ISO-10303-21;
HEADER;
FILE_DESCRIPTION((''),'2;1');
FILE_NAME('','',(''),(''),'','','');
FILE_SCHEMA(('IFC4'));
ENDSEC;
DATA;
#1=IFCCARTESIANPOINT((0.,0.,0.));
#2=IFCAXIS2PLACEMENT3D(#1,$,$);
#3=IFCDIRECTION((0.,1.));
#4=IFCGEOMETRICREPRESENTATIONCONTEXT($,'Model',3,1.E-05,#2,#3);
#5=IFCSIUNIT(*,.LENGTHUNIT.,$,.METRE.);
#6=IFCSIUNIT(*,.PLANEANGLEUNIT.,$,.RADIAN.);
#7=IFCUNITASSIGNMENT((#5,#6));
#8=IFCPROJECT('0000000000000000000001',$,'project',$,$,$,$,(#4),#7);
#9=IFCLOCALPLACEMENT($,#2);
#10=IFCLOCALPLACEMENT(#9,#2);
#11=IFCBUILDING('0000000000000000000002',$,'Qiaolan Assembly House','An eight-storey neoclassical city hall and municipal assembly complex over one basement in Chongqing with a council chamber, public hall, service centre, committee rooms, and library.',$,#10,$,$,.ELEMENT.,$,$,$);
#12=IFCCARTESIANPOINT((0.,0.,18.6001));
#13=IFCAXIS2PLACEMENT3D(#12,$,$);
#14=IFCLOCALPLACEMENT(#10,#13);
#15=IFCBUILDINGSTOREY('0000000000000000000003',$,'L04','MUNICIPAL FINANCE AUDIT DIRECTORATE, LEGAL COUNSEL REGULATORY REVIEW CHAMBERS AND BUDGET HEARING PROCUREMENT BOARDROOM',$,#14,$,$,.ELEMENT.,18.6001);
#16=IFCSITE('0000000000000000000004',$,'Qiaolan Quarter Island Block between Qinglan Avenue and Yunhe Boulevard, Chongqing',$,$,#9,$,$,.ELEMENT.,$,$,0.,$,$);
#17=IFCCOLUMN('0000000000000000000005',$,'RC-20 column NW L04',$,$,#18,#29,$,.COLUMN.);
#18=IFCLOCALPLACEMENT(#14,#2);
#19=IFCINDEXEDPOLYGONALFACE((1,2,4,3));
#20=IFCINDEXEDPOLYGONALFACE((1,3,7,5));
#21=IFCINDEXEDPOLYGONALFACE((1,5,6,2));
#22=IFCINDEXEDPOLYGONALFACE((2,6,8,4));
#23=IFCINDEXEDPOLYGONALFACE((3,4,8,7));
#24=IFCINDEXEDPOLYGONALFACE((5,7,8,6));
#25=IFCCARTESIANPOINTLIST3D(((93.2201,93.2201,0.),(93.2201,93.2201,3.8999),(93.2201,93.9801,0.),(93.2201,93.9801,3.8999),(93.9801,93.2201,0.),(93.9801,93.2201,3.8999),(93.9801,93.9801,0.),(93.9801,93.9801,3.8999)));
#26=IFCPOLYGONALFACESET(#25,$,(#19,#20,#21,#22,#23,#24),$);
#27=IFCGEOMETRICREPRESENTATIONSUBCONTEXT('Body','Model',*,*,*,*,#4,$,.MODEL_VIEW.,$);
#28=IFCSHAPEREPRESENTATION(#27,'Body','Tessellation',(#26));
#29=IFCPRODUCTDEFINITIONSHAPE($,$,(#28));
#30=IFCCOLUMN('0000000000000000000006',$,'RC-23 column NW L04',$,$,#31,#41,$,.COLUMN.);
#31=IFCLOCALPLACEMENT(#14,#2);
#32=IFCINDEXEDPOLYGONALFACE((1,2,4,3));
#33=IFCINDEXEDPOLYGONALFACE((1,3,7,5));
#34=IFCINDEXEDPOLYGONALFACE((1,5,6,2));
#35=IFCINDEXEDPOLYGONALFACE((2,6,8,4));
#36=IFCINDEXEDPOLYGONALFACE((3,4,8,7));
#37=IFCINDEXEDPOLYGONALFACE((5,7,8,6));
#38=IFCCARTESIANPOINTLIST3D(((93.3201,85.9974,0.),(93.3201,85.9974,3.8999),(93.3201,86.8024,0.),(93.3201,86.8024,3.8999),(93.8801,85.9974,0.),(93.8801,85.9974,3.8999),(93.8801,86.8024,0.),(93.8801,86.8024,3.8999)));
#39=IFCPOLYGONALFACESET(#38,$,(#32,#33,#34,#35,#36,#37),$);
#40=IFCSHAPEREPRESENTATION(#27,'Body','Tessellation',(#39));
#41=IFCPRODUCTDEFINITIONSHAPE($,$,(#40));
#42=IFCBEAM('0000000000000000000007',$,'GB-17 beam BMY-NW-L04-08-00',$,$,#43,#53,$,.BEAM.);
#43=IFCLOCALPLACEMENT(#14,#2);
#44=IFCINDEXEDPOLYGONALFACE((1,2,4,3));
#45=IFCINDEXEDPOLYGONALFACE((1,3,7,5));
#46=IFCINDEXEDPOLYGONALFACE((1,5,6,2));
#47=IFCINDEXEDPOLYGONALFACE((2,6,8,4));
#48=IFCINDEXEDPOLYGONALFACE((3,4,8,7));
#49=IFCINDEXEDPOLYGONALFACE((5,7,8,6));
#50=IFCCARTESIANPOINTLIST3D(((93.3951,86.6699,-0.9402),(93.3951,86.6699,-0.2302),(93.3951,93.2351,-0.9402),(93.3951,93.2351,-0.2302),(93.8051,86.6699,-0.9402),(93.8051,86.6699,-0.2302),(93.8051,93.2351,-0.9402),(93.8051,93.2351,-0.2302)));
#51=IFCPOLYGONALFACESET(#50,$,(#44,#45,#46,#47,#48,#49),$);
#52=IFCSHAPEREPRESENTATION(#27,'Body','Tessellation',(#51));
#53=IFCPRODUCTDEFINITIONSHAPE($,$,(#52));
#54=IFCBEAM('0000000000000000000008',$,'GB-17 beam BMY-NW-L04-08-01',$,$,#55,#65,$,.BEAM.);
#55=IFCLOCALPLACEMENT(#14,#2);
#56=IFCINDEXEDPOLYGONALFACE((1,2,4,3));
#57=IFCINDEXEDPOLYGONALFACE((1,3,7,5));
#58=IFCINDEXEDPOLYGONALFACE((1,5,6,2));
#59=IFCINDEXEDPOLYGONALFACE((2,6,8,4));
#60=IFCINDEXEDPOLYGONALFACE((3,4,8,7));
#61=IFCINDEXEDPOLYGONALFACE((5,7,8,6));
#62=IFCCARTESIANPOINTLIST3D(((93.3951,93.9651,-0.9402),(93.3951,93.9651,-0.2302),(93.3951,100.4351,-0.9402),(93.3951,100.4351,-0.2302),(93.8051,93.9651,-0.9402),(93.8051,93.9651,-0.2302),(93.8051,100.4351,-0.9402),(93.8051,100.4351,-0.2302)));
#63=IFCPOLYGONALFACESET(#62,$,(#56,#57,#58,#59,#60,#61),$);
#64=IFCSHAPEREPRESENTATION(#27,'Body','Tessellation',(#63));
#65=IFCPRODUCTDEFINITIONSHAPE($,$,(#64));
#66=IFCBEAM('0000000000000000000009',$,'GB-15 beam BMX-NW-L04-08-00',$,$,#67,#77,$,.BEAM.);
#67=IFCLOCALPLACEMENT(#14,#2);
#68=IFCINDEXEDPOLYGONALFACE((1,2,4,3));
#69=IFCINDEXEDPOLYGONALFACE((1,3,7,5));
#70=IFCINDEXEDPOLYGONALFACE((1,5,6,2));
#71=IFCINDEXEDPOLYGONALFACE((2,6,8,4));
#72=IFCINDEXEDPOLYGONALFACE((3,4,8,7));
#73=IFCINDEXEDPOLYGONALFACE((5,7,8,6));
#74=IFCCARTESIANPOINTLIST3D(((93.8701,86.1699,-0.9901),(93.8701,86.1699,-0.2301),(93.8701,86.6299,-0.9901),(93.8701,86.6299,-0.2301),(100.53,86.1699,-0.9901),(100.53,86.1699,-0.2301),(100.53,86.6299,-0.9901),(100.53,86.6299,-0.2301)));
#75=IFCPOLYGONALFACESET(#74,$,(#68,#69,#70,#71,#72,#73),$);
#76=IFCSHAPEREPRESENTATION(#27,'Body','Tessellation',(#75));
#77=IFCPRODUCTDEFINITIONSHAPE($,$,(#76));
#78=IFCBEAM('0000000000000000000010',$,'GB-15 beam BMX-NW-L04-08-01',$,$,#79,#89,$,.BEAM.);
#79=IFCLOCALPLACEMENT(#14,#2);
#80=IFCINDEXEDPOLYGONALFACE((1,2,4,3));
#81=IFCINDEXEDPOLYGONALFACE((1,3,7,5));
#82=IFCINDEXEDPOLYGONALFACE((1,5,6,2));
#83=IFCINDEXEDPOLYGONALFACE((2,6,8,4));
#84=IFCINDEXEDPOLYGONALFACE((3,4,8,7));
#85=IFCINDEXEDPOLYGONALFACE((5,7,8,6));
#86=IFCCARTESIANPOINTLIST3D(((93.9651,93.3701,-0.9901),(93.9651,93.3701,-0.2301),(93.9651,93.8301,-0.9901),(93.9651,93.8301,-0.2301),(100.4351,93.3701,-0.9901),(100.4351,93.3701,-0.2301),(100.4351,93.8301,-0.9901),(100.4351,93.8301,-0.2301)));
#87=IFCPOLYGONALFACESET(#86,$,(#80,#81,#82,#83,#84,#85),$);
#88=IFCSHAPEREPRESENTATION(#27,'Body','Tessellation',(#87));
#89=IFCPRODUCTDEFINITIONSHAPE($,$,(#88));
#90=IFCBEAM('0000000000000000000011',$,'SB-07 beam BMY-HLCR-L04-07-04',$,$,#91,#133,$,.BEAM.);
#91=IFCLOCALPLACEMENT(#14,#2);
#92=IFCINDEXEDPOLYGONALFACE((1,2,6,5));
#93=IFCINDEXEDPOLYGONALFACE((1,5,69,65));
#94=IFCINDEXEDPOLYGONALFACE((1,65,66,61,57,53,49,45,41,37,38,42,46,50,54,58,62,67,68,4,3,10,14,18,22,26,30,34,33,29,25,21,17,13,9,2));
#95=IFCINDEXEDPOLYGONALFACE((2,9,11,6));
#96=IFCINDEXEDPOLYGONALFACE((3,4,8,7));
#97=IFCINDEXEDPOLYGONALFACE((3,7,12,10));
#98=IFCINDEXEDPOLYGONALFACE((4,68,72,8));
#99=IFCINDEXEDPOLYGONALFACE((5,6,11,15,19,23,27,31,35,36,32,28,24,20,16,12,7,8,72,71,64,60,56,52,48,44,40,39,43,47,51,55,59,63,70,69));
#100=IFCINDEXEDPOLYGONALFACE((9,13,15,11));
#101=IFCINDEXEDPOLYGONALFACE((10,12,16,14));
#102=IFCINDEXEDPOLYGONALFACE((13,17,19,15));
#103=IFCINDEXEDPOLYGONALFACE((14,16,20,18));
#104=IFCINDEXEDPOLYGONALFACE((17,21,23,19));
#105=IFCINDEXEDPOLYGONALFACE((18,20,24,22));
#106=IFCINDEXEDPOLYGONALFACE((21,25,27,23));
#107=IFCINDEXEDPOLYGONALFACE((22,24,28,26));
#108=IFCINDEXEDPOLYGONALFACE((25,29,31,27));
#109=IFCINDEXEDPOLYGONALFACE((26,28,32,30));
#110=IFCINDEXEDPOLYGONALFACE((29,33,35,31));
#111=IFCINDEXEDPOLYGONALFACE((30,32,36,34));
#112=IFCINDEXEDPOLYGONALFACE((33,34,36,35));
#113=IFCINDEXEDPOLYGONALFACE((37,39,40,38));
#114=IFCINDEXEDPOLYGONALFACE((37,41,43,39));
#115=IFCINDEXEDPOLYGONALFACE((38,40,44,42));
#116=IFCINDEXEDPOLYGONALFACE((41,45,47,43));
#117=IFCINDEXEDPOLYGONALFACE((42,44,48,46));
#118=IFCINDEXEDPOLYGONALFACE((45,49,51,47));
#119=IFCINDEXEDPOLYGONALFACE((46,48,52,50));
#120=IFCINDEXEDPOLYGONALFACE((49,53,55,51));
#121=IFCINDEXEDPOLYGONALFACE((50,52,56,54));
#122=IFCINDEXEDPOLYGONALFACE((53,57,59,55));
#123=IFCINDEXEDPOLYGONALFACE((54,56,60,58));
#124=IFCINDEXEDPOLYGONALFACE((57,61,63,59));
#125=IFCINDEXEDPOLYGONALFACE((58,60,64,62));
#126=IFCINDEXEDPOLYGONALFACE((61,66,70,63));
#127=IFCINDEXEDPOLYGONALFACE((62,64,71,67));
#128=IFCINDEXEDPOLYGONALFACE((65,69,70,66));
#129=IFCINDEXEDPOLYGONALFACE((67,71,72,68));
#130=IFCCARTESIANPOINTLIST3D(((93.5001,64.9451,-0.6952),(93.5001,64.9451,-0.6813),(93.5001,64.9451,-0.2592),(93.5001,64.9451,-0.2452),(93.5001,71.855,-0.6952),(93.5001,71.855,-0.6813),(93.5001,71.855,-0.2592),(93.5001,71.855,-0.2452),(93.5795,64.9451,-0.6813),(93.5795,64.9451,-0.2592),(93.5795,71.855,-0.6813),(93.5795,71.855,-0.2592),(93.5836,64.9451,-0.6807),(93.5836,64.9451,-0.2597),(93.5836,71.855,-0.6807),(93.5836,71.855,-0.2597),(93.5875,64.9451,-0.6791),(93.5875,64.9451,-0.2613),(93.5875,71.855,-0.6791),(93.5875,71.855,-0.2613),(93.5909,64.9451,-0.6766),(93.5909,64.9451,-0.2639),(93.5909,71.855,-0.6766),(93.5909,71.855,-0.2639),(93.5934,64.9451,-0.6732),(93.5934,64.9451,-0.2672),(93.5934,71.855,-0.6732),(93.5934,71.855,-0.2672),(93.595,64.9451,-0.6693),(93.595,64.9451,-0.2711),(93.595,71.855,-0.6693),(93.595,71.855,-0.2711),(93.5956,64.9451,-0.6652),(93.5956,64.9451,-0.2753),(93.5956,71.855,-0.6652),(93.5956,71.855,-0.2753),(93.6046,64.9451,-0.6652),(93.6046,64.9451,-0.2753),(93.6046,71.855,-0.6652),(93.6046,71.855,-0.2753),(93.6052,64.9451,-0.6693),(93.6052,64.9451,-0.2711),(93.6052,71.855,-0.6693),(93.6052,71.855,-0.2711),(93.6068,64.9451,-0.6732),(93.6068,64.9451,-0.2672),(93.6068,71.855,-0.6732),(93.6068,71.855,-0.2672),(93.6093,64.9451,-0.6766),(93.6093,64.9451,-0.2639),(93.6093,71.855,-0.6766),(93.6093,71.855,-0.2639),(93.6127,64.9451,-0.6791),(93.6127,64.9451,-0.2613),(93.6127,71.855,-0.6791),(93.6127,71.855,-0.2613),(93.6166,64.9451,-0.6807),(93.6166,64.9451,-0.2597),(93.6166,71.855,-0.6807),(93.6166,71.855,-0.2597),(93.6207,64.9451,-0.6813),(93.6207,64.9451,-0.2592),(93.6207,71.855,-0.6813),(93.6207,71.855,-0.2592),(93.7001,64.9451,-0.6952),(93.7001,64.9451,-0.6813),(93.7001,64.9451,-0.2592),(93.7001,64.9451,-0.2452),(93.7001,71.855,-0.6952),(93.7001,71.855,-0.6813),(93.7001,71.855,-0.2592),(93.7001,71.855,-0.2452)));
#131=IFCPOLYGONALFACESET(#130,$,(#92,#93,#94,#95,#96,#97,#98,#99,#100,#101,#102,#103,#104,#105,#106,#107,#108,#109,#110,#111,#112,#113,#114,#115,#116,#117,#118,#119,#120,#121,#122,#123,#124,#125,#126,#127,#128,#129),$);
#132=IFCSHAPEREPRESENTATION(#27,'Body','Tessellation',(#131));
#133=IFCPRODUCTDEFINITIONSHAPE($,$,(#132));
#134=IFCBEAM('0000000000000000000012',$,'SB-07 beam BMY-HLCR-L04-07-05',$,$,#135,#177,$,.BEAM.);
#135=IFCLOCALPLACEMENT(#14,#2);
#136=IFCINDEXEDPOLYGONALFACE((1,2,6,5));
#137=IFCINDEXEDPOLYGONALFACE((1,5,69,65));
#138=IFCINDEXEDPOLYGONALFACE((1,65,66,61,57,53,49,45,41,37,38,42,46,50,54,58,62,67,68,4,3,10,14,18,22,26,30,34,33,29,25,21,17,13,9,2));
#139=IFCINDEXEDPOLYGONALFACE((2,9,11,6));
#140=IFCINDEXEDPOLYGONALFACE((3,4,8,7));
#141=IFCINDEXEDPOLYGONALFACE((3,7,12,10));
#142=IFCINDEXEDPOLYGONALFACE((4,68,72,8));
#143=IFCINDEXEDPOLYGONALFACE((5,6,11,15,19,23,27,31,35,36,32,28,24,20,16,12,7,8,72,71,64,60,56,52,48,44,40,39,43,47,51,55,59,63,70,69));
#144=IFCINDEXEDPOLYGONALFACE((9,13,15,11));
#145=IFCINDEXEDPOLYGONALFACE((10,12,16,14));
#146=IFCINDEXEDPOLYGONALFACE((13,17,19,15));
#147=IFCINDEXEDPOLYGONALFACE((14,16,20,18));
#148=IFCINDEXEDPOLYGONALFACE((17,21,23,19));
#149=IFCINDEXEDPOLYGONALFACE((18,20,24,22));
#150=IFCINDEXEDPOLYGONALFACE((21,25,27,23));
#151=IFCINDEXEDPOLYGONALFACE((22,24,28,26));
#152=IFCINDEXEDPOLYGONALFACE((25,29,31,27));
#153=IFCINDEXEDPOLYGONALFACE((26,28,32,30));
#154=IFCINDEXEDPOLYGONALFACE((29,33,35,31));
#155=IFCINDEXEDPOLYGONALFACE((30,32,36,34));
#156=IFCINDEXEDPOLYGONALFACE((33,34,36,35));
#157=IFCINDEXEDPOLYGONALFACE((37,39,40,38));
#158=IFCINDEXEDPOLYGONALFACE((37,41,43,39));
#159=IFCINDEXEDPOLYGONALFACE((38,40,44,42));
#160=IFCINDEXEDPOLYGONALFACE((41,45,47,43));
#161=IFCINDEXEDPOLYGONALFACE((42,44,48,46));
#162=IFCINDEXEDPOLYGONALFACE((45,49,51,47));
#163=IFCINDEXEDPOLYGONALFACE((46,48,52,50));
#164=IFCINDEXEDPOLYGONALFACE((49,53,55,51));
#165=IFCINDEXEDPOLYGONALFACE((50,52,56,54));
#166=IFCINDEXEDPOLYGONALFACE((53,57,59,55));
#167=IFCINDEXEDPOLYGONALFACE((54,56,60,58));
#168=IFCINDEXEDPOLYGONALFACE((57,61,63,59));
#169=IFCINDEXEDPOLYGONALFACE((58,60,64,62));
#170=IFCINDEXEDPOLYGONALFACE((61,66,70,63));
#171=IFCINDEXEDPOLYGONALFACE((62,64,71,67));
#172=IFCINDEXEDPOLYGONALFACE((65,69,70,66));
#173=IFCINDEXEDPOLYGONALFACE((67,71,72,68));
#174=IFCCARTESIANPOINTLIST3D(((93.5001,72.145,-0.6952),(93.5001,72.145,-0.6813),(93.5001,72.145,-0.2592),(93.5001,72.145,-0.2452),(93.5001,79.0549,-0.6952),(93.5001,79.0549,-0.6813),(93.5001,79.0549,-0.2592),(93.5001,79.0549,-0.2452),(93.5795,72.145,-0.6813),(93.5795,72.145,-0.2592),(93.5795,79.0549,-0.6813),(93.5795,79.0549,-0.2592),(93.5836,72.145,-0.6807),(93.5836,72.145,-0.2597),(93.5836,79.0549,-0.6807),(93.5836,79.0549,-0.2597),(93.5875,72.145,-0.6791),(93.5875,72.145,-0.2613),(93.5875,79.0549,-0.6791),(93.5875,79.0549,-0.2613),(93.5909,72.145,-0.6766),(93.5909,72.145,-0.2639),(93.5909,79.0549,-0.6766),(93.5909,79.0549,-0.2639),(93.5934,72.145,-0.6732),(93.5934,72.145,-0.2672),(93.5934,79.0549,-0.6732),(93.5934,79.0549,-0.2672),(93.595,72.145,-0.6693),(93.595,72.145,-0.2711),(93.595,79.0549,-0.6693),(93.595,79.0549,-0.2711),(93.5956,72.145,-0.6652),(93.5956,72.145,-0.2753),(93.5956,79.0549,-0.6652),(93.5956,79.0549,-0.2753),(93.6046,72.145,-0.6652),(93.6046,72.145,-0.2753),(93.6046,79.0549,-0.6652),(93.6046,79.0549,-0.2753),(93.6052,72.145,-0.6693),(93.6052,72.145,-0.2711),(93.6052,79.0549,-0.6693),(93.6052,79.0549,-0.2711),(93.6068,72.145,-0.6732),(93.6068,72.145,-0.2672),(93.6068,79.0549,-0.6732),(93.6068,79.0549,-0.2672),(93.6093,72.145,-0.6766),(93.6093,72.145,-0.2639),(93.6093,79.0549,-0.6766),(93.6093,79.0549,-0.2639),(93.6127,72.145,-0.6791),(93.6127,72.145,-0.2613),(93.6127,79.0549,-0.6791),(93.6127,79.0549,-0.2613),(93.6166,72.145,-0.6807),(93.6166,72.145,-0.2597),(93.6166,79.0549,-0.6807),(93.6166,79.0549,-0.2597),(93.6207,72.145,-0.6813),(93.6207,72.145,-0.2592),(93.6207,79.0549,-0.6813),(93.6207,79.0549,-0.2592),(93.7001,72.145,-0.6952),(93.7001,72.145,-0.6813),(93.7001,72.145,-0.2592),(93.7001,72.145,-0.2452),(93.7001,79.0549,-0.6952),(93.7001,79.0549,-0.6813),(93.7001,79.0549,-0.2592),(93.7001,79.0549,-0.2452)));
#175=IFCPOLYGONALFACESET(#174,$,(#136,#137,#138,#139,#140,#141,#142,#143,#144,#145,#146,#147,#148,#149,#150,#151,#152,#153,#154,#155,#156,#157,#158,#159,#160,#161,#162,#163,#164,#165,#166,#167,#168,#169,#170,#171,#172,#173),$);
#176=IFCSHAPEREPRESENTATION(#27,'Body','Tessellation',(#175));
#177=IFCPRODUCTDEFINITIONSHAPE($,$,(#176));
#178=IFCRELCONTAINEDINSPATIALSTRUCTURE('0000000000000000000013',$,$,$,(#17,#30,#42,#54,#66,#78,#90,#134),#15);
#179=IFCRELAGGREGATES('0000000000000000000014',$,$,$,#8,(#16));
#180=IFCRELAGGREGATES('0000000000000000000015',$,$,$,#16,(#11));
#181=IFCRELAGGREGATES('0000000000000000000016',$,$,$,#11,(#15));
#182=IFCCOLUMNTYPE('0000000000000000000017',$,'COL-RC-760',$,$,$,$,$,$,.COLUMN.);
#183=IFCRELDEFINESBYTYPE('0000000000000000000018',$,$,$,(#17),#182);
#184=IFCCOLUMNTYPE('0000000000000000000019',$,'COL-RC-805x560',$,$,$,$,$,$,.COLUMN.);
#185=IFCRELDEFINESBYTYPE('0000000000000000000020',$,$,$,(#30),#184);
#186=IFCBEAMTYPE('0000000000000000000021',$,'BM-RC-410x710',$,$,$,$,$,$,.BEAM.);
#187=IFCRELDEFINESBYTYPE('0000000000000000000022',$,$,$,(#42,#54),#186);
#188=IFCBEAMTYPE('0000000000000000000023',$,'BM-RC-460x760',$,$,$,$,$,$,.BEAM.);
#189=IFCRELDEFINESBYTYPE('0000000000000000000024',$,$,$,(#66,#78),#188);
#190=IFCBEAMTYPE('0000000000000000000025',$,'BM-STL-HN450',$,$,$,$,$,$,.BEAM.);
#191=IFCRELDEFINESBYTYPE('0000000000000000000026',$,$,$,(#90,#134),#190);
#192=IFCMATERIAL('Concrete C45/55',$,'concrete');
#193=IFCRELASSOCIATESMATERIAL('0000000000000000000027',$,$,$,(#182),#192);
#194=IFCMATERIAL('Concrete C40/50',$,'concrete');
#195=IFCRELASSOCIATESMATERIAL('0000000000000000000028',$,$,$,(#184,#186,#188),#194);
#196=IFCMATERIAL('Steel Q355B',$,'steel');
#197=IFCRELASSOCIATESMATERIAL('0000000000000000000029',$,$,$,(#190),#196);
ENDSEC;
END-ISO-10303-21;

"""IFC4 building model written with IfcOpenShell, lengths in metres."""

from ifc_helpers import new_model, si_unit, direction, frame, origin, origin_2d, place, context, subcontext, project, spatial, rectangle, i_section, extrude, material, material_profile, profile_set, type_object, element, save


model = new_model("IFC4")

# Units and contexts
model_context = context("Model", 3, precision=1e-05, world=origin(), true_north=direction((0.0, 1.0)))
body_context = subcontext(model_context, "Body", "Model", "MODEL_VIEW")
ifc_project = project(units=[si_unit("LENGTHUNIT", "METRE"), si_unit("PLANEANGLEUNIT", "RADIAN")], contexts=[model_context])

# Site, building, storey
site_placement = place(None, origin())
site = spatial("IfcSite", under=ifc_project, at=site_placement, Name="Qiaolan Quarter Island Block between Qinglan Avenue and Yunhe Boulevard, Chongqing", CompositionType="ELEMENT", RefElevation=0.0)
building_placement = place(site_placement, origin())
building = spatial("IfcBuilding", under=site, at=building_placement, Name="Qiaolan Assembly House", Description="An eight-storey neoclassical city hall and municipal assembly complex over one basement in Chongqing with a council chamber, public hall, service centre, committee rooms, and library.", CompositionType="ELEMENT")
storey_placement = place(building_placement, frame((0.0, 0.0, 18.6001)))
storey = spatial("IfcBuildingStorey", under=building, at=storey_placement, Name="L04", Description="MUNICIPAL FINANCE AUDIT DIRECTORATE, LEGAL COUNSEL REGULATORY REVIEW CHAMBERS AND BUDGET HEARING PROCUREMENT BOARDROOM", CompositionType="ELEMENT", Elevation=18.6001)

# Columns
ifc_material_1 = material(Name="Concrete C45/55", Category="concrete")
ifc_material_profile_1 = material_profile(ifc_material_1, rectangle(XDim=0.76, YDim=0.76, at=origin_2d()), Name="RC 760x760")
ifc_profile_set_1 = profile_set([ifc_material_profile_1], Name="Concrete C45/55")
column_type_1 = type_object("IfcColumnType", Name="COL-RC-760", PredefinedType="COLUMN", material=ifc_profile_set_1)
column_1_placement = place(storey_placement, frame((93.6001, 93.6001, 0.0), z_axis=(0.0, 0.0, 1.0), x_axis=(1.0, 0.0, 0.0)))
element("IfcColumn", 1, at=column_1_placement, inside=storey, type_object=column_type_1, Name="RC-20 column NW L04", PredefinedType="COLUMN", context=body_context, shape_type="SweptSolid", body=[
    extrude(rectangle(XDim=0.76, YDim=0.76, at=origin_2d()), origin(), (0.0, 0.0, 1.0), 3.8999),
])
ifc_material_2 = material(Name="Concrete C40/50", Category="concrete")
ifc_material_profile_2 = material_profile(ifc_material_2, rectangle(XDim=0.5601, YDim=0.8049, at=origin_2d()), Name="RC 805x560")
ifc_profile_set_2 = profile_set([ifc_material_profile_2], Name="Concrete C40/50")
column_type_2 = type_object("IfcColumnType", Name="COL-RC-805x560", PredefinedType="COLUMN", material=ifc_profile_set_2)
column_2_placement = place(storey_placement, frame((93.6001, 86.3999, 0.0), z_axis=(0.0, 0.0, 1.0), x_axis=(1.0, 0.0, 0.0)))
element("IfcColumn", 2, at=column_2_placement, inside=storey, type_object=column_type_2, Name="RC-23 column NW L04", PredefinedType="COLUMN", context=body_context, shape_type="SweptSolid", body=[
    extrude(rectangle(XDim=0.5601, YDim=0.8049, at=origin_2d()), origin(), (0.0, 0.0, 1.0), 3.8999),
])

# Beams
ifc_material_profile_3 = material_profile(ifc_material_2, rectangle(XDim=0.4099, YDim=0.71, at=origin_2d()), Name="RCB 410x710")
ifc_profile_set_3 = profile_set([ifc_material_profile_3], Name="Concrete C40/50")
beam_type_1 = type_object("IfcBeamType", Name="BM-RC-410x710", PredefinedType="BEAM", material=ifc_profile_set_3)
beam_1_placement = place(storey_placement, frame((93.6001, 86.6699, -0.5852), z_axis=(0.0, 1.0, 0.0), x_axis=(-1.0, 0.0, 0.0)))
element("IfcBeam", 3, at=beam_1_placement, inside=storey, type_object=beam_type_1, Name="GB-17 beam BMY-NW-L04-08-00", PredefinedType="BEAM", context=body_context, shape_type="SweptSolid", body=[
    extrude(rectangle(XDim=0.4099, YDim=0.71, at=origin_2d()), origin(), (0.0, 0.0, 1.0), 6.5652),
])
beam_2_placement = place(storey_placement, frame((93.6001, 93.9651, -0.5852), z_axis=(0.0, 1.0, 0.0), x_axis=(-1.0, 0.0, 0.0)))
element("IfcBeam", 4, at=beam_2_placement, inside=storey, type_object=beam_type_1, Name="GB-17 beam BMY-NW-L04-08-01", PredefinedType="BEAM", context=body_context, shape_type="SweptSolid", body=[
    extrude(rectangle(XDim=0.4099, YDim=0.71, at=origin_2d()), origin(), (0.0, 0.0, 1.0), 6.47),
])
ifc_material_profile_4 = material_profile(ifc_material_2, rectangle(XDim=0.46, YDim=0.76, at=origin_2d()), Name="RCB 460x760")
ifc_profile_set_4 = profile_set([ifc_material_profile_4], Name="Concrete C40/50")
beam_type_2 = type_object("IfcBeamType", Name="BM-RC-460x760", PredefinedType="BEAM", material=ifc_profile_set_4)
beam_3_placement = place(storey_placement, frame((93.8701, 86.3999, -0.6101), z_axis=(1.0, 0.0, 0.0), x_axis=(0.0, 1.0, 0.0)))
element("IfcBeam", 5, at=beam_3_placement, inside=storey, type_object=beam_type_2, Name="GB-15 beam BMX-NW-L04-08-00", PredefinedType="BEAM", context=body_context, shape_type="SweptSolid", body=[
    extrude(rectangle(XDim=0.46, YDim=0.76, at=origin_2d()), origin(), (0.0, 0.0, 1.0), 6.6599),
])
beam_4_placement = place(storey_placement, frame((93.9651, 93.6001, -0.6101), z_axis=(1.0, 0.0, 0.0), x_axis=(0.0, 1.0, 0.0)))
element("IfcBeam", 6, at=beam_4_placement, inside=storey, type_object=beam_type_2, Name="GB-15 beam BMX-NW-L04-08-01", PredefinedType="BEAM", context=body_context, shape_type="SweptSolid", body=[
    extrude(rectangle(XDim=0.46, YDim=0.76, at=origin_2d()), origin(), (0.0, 0.0, 1.0), 6.47),
])
ifc_material_3 = material(Name="Steel Q355B", Category="steel")
ifc_material_profile_5 = material_profile(ifc_material_3, i_section(OverallWidth=0.2, OverallDepth=0.45, WebThickness=0.009, FlangeThickness=0.0139, FilletRadius=0.0161, at=origin_2d()), Name="HN 450x200x9x14")
ifc_profile_set_5 = profile_set([ifc_material_profile_5], Name="Steel Q355B")
beam_type_3 = type_object("IfcBeamType", Name="BM-STL-HN450", PredefinedType="BEAM", material=ifc_profile_set_5)
for number, where, z_axis, x_axis, name in (
    (7, (93.6001, 64.9451, -0.4702), (0.0, 1.0, 0.0), (-1.0, 0.0, 0.0), "SB-07 beam BMY-HLCR-L04-07-04"),
    (8, (93.6001, 72.145, -0.4702), (0.0, 1.0, 0.0), (-1.0, 0.0, 0.0), "SB-07 beam BMY-HLCR-L04-07-05"),
):
    element("IfcBeam", number, at=place(storey_placement, frame(where, z_axis=z_axis, x_axis=x_axis)), inside=storey, type_object=beam_type_3, Name=name, PredefinedType="BEAM", context=body_context, shape_type="SweptSolid", body=[
        extrude(i_section(OverallWidth=0.2, OverallDepth=0.45, WebThickness=0.009, FlangeThickness=0.0139, FilletRadius=0.0161, at=origin_2d()), origin(), (0.0, 0.0, 1.0), 6.9099),
    ])

save(model, "model.ifc")
